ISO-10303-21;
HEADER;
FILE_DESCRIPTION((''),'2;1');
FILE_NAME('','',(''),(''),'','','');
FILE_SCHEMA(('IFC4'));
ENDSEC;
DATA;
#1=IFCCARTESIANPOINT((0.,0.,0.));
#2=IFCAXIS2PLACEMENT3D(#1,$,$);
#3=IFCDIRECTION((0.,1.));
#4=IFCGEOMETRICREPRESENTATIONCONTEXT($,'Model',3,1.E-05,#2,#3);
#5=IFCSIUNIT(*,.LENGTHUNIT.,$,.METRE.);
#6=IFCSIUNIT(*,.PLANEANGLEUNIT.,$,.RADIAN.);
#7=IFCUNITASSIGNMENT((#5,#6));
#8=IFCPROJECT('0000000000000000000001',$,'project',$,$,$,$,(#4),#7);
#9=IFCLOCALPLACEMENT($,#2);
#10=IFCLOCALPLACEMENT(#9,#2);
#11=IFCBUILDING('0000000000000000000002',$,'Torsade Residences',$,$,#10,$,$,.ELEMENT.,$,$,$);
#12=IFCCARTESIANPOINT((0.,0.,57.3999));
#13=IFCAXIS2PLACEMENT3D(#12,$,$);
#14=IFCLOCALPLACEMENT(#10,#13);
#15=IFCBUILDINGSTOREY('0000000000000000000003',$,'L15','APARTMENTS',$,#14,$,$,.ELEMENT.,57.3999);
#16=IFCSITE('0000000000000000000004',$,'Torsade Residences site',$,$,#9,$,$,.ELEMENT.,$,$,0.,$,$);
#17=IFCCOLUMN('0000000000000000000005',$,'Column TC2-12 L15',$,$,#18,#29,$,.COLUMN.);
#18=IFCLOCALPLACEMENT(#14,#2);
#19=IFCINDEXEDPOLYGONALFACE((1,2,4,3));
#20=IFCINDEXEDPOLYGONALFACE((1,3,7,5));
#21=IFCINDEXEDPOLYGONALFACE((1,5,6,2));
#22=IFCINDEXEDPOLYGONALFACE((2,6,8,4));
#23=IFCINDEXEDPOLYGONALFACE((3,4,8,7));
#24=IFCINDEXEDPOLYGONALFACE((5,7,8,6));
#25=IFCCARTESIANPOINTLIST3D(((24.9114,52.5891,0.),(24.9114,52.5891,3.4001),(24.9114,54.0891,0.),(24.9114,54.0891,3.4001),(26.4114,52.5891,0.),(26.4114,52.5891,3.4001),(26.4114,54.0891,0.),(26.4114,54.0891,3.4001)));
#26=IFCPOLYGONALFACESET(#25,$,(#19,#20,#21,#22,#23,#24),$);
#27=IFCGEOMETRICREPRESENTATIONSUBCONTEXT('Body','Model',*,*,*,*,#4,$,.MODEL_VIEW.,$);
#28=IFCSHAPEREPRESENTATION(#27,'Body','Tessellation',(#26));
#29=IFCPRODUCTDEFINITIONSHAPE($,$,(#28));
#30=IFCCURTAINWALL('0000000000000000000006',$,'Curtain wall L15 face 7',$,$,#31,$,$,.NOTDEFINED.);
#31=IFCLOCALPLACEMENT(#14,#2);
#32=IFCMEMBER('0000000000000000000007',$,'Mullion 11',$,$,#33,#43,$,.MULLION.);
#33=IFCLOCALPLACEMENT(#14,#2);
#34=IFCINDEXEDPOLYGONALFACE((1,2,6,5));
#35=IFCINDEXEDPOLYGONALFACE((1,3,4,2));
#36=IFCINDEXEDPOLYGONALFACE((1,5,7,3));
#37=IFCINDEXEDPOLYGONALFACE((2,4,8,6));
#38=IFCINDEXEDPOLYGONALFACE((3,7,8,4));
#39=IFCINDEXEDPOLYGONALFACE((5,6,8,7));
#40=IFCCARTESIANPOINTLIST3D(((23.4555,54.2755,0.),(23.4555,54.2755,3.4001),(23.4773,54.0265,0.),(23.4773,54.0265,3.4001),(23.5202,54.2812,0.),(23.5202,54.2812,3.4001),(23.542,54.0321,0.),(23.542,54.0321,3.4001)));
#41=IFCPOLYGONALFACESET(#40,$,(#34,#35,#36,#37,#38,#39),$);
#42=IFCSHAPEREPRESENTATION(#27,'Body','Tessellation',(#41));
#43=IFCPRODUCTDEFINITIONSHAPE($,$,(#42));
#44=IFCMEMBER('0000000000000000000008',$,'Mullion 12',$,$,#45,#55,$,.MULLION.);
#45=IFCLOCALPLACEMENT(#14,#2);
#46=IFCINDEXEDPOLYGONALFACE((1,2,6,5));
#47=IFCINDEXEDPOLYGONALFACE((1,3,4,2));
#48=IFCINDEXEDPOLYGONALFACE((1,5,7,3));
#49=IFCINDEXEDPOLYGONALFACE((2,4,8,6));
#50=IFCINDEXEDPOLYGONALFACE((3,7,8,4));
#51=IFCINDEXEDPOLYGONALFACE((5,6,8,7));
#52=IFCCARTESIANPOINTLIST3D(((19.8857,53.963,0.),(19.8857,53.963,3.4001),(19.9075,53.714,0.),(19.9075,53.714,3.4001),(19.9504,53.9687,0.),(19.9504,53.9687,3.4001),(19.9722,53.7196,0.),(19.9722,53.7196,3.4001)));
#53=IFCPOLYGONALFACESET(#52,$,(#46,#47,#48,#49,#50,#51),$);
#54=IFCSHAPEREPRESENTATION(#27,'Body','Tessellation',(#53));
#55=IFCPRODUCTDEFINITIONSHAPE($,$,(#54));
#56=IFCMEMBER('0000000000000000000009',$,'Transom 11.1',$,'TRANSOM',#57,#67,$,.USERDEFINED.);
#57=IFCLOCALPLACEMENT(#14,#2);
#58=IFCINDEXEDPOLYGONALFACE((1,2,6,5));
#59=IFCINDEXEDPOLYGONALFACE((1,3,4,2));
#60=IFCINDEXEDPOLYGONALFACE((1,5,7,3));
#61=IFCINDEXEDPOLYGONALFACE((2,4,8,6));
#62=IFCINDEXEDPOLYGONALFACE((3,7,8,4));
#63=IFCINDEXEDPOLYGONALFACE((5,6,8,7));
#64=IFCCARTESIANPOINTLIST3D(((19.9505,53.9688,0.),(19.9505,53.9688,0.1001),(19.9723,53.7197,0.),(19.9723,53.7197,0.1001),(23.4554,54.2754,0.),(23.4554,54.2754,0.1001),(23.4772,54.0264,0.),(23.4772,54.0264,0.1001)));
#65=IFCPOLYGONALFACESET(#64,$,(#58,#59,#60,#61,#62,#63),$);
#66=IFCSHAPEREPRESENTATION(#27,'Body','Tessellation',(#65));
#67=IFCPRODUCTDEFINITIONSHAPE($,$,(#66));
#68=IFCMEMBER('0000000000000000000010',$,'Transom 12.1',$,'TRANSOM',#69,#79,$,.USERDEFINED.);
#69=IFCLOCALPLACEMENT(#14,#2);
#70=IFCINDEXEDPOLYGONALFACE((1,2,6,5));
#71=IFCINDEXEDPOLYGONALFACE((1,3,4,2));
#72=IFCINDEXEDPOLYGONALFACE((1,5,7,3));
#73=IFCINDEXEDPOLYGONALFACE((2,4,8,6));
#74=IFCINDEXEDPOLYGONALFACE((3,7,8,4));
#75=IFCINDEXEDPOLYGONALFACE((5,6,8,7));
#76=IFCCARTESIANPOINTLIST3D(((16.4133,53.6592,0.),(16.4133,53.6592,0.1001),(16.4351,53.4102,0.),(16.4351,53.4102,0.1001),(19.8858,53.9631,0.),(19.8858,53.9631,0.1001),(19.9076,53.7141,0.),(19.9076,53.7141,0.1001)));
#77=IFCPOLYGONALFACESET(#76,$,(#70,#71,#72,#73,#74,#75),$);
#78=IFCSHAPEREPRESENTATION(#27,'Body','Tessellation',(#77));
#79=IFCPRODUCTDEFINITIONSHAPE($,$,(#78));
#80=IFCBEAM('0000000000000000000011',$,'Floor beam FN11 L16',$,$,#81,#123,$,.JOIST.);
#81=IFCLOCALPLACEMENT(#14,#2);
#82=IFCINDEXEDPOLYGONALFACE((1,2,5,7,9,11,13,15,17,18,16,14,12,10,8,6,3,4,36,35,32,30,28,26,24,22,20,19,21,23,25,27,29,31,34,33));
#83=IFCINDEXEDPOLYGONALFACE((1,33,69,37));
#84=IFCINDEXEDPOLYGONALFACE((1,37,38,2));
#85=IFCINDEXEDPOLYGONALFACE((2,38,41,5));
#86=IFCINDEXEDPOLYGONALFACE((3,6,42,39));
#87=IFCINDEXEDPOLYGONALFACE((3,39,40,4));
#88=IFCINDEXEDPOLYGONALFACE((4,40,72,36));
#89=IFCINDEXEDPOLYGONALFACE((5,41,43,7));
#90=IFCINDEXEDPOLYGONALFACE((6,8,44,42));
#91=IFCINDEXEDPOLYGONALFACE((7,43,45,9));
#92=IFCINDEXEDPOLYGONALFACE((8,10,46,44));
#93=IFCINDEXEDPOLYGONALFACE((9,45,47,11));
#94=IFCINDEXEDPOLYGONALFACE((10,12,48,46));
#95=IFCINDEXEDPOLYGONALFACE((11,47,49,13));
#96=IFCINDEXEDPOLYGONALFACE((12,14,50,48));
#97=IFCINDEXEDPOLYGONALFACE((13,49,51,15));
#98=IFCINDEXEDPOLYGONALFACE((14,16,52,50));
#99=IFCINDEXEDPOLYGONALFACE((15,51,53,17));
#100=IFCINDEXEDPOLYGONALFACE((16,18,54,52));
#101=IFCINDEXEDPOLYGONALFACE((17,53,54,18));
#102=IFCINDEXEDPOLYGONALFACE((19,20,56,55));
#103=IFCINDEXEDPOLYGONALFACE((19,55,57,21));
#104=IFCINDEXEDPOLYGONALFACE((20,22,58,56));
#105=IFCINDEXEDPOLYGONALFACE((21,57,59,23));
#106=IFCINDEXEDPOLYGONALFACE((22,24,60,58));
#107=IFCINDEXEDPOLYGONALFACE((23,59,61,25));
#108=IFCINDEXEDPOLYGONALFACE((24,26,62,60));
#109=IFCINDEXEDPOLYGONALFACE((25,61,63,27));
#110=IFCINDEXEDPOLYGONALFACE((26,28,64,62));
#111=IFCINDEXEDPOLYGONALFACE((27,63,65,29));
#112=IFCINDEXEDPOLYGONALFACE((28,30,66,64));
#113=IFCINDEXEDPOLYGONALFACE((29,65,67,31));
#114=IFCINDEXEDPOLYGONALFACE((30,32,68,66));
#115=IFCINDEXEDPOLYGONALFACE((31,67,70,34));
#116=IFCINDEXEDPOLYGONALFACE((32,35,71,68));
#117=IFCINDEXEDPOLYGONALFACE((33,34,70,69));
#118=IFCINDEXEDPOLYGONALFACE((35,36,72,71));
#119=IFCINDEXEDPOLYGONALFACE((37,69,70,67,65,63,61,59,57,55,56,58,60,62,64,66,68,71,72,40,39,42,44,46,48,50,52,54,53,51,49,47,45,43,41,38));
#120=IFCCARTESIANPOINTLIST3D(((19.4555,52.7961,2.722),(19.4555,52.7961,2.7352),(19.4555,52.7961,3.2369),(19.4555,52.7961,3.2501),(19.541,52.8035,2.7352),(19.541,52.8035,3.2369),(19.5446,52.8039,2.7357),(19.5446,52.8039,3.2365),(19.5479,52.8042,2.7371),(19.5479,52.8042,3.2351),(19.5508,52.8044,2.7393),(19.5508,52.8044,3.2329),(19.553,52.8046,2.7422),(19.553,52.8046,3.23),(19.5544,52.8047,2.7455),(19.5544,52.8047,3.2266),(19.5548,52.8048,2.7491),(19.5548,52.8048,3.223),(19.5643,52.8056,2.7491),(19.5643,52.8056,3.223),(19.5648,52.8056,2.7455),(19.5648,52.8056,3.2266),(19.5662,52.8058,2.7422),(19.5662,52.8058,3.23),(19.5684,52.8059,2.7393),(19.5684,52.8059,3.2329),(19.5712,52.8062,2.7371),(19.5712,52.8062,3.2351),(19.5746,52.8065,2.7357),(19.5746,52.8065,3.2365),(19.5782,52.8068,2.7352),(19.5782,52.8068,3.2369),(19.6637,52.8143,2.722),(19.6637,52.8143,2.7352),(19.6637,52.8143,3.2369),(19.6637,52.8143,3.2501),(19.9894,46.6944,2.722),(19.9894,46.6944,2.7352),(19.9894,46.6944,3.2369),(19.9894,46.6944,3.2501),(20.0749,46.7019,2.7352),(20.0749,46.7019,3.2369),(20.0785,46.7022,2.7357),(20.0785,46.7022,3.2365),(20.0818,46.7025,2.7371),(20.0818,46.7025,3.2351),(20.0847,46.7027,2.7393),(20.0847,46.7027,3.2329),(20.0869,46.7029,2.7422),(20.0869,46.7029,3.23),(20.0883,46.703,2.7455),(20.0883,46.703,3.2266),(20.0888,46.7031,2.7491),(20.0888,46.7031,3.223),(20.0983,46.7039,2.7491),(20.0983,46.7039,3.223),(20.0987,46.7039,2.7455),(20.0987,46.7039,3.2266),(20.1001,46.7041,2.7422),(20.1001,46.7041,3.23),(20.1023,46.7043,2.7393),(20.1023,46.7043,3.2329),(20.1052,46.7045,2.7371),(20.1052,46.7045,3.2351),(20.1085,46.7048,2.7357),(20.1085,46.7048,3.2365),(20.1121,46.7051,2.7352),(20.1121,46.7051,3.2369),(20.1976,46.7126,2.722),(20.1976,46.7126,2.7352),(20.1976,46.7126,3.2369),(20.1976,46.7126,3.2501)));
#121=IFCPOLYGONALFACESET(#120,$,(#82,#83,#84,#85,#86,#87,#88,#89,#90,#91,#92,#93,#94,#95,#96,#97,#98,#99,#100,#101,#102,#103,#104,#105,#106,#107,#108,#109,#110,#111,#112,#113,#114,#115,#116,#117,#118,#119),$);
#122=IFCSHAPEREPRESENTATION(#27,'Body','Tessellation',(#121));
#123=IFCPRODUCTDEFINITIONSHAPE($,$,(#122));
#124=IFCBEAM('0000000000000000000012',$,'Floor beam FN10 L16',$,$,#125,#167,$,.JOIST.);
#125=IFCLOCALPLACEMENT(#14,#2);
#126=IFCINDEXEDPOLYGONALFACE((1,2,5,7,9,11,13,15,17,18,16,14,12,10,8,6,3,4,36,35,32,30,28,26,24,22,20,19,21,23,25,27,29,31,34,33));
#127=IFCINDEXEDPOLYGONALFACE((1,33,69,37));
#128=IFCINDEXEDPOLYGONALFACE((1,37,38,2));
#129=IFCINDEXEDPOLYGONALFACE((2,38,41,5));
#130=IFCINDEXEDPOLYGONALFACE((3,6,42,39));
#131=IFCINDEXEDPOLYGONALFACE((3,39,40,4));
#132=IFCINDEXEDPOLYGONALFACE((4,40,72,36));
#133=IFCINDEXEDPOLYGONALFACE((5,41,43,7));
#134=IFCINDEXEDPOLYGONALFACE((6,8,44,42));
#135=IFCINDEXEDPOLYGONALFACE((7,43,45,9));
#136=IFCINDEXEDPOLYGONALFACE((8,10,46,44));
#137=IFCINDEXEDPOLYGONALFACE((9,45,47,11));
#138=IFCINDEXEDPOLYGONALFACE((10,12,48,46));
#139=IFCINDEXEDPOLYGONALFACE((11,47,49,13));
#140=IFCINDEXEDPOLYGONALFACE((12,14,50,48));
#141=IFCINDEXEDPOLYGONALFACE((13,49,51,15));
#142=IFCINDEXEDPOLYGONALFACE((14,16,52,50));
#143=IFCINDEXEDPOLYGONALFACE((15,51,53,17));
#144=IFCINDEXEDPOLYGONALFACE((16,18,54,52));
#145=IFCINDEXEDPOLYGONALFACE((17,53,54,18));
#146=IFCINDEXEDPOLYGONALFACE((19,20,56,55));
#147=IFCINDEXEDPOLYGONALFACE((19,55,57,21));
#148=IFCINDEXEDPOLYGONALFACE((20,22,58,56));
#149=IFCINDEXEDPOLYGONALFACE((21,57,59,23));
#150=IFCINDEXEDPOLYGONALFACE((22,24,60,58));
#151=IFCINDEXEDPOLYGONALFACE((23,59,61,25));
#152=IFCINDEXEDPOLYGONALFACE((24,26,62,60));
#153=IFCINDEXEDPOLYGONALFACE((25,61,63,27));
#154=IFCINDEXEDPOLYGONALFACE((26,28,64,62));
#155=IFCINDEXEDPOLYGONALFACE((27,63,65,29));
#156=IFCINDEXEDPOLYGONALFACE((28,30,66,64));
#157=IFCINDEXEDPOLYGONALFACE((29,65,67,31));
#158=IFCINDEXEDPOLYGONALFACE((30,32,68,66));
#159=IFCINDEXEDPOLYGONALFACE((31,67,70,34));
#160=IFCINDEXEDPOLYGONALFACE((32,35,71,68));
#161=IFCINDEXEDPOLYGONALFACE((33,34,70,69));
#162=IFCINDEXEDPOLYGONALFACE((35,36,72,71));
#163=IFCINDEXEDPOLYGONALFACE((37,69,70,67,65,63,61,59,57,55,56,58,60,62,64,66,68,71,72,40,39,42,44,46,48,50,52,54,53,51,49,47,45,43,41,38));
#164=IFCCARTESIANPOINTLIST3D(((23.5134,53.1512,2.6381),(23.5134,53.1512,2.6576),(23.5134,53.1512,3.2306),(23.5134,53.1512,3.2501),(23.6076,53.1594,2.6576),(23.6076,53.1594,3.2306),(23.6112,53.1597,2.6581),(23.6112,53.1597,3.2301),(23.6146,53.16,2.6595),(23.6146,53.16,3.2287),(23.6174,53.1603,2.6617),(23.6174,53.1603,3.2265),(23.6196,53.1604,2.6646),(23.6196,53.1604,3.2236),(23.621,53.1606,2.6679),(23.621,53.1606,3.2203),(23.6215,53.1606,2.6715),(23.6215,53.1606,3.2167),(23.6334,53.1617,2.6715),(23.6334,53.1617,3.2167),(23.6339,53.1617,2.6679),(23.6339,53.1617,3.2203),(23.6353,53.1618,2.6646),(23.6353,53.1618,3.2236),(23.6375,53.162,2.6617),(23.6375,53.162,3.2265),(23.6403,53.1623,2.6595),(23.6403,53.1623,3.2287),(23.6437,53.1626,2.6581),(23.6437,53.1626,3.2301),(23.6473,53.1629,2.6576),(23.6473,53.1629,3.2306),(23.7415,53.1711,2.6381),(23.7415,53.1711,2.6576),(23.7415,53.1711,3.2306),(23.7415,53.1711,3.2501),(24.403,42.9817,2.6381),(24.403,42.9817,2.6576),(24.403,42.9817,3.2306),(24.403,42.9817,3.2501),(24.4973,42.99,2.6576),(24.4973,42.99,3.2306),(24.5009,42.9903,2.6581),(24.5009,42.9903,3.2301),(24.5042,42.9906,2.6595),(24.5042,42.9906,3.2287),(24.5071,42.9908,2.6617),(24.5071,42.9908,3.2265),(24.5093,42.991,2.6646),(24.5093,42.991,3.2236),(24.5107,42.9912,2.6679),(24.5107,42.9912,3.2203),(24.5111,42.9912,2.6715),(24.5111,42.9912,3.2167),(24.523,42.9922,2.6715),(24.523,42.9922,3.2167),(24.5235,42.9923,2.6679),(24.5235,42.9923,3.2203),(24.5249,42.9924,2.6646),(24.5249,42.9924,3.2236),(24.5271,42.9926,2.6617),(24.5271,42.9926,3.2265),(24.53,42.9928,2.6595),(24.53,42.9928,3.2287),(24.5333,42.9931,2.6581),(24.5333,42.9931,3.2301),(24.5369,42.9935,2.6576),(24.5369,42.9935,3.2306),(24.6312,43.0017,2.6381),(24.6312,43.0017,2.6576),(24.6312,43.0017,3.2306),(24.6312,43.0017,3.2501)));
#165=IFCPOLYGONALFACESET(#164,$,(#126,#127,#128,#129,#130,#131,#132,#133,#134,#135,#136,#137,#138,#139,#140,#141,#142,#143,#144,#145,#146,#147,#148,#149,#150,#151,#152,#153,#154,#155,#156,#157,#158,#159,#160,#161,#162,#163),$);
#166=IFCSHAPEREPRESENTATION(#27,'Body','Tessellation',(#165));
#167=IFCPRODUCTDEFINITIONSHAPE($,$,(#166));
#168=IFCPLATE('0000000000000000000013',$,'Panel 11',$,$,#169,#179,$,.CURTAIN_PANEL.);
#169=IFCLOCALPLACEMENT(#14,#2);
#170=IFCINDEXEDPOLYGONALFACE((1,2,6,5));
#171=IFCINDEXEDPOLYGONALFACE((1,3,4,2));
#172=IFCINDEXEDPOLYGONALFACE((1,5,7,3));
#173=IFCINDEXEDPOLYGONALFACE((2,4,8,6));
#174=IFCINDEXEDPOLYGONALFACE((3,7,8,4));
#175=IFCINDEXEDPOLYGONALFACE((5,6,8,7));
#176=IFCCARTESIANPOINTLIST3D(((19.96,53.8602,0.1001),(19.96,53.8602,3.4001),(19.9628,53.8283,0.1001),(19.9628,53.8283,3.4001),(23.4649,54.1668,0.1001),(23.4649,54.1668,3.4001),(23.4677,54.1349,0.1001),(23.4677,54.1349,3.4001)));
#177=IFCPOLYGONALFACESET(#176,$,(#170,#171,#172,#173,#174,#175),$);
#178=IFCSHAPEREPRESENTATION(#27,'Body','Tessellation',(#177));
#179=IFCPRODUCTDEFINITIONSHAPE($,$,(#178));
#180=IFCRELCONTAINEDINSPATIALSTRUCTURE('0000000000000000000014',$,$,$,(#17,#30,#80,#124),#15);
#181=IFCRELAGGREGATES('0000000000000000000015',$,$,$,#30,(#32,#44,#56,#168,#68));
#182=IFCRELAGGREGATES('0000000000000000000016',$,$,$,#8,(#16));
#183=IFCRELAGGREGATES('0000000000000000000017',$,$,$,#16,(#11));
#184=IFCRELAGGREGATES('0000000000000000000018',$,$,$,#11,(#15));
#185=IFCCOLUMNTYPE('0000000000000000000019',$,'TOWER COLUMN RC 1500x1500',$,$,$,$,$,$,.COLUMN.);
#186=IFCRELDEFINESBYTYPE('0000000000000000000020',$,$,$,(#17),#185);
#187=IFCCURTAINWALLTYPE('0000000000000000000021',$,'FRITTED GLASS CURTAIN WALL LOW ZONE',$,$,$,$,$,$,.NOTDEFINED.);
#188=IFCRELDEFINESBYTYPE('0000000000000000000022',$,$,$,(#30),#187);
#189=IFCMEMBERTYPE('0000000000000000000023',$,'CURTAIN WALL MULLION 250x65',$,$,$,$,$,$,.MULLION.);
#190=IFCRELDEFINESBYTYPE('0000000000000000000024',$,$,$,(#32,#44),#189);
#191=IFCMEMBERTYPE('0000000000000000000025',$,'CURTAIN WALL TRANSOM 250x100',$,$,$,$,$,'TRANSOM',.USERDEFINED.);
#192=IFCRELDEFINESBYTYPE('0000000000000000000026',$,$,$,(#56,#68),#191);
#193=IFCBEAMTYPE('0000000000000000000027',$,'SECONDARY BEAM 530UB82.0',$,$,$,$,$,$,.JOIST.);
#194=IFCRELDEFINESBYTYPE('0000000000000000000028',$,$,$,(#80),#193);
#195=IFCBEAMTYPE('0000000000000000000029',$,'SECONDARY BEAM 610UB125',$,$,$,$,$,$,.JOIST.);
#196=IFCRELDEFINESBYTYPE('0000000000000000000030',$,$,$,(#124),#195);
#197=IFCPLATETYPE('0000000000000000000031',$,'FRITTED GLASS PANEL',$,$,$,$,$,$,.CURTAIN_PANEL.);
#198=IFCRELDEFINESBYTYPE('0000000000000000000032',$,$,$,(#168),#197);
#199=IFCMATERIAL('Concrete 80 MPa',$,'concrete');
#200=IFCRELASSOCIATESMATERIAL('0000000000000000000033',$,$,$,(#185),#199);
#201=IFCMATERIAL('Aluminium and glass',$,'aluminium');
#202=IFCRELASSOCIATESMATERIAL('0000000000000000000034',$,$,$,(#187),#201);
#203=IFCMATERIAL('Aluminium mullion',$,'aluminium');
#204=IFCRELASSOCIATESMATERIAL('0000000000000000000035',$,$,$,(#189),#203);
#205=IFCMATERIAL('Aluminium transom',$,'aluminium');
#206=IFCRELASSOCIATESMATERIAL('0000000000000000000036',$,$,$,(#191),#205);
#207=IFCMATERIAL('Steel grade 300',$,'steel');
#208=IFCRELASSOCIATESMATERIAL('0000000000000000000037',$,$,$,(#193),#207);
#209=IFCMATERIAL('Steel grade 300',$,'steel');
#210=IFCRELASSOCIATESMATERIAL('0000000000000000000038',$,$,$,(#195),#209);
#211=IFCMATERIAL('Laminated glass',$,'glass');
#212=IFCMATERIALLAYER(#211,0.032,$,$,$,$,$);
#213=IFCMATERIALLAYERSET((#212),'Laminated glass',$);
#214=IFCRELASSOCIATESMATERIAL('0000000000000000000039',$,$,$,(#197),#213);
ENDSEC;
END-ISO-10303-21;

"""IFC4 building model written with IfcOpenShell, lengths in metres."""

from ifc_helpers import new_model, si_unit, direction, frame, origin, origin_2d, place, context, subcontext, project, spatial, rectangle, i_section, extrude, material, layer, layer_set, material_profile, profile_set, type_object, element, aggregate, save


model = new_model("IFC4")

# Units and contexts
model_context = context("Model", 3, precision=1e-05, world=origin(), true_north=direction((0.0, 1.0)))
body_context = subcontext(model_context, "Body", "Model", "MODEL_VIEW")
ifc_project = project(units=[si_unit("LENGTHUNIT", "METRE"), si_unit("PLANEANGLEUNIT", "RADIAN")], contexts=[model_context])

# Site, building, storey
site_placement = place(None, origin())
site = spatial("IfcSite", under=ifc_project, at=site_placement, Name="Torsade Residences site", CompositionType="ELEMENT", RefElevation=0.0)
building_placement = place(site_placement, origin())
building = spatial("IfcBuilding", under=site, at=building_placement, Name="Torsade Residences", CompositionType="ELEMENT")
storey_placement = place(building_placement, frame((0.0, 0.0, 57.3999)))
storey = spatial("IfcBuildingStorey", under=building, at=storey_placement, Name="L15", Description="APARTMENTS", CompositionType="ELEMENT", Elevation=57.3999)

# Column
ifc_material_1 = material(Name="Concrete 80 MPa", Category="concrete")
ifc_material_profile_1 = material_profile(ifc_material_1, rectangle(XDim=1.5, YDim=1.5, at=origin_2d()), Name="RC 1500x1500")
ifc_profile_set_1 = profile_set([ifc_material_profile_1], Name="Concrete 80 MPa")
column_type = type_object("IfcColumnType", Name="TOWER COLUMN RC 1500x1500", PredefinedType="COLUMN", material=ifc_profile_set_1)
column_placement = place(storey_placement, frame((25.6614, 53.3391, 0.0), z_axis=(0.0, 0.0, 1.0), x_axis=(1.0, 0.0, 0.0)))
element("IfcColumn", 1, at=column_placement, inside=storey, type_object=column_type, Name="Column TC2-12 L15", PredefinedType="COLUMN", context=body_context, shape_type="SweptSolid", body=[
    extrude(rectangle(XDim=1.5, YDim=1.5, at=origin_2d()), origin(), (0.0, 0.0, 1.0), 3.4001),
])

# Curtain wall, members
ifc_material_2 = material(Name="Aluminium and glass", Category="aluminium")
curtain_wall_type = type_object("IfcCurtainWallType", Name="FRITTED GLASS CURTAIN WALL LOW ZONE", PredefinedType="NOTDEFINED", material=ifc_material_2)
curtain_wall_placement = place(storey_placement, origin())
curtain_wall = element("IfcCurtainWall", 2, at=curtain_wall_placement, inside=storey, type_object=curtain_wall_type, Name="Curtain wall L15 face 7", PredefinedType="NOTDEFINED")
ifc_material_3 = material(Name="Aluminium mullion", Category="aluminium")
ifc_material_profile_2 = material_profile(ifc_material_3, rectangle(XDim=0.25, YDim=0.0649, at=origin_2d()), Name="CURTAIN WALL MULLION 250x65")
ifc_profile_set_2 = profile_set([ifc_material_profile_2], Name="Aluminium mullion")
member_type_1 = type_object("IfcMemberType", Name="CURTAIN WALL MULLION 250x65", PredefinedType="MULLION", material=ifc_profile_set_2)
member_1_placement = place(storey_placement, frame((23.4988, 54.1538, 0.0), z_axis=(0.0, 0.0, 1.0), x_axis=(0.087156, -0.996195, 0.0)))
member_1 = element("IfcMember", 3, at=member_1_placement, type_object=member_type_1, Name="Mullion 11", PredefinedType="MULLION", context=body_context, shape_type="SweptSolid", body=[
    extrude(rectangle(XDim=0.25, YDim=0.0649, at=origin_2d()), origin(), (0.0, 0.0, 1.0), 3.4001),
])
member_2_placement = place(storey_placement, frame((19.929, 53.8413, 0.0), z_axis=(0.0, 0.0, 1.0), x_axis=(0.087156, -0.996195, 0.0)))
member_2 = element("IfcMember", 4, at=member_2_placement, type_object=member_type_1, Name="Mullion 12", PredefinedType="MULLION", context=body_context, shape_type="SweptSolid", body=[
    extrude(rectangle(XDim=0.25, YDim=0.0649, at=origin_2d()), origin(), (0.0, 0.0, 1.0), 3.4001),
])
ifc_material_4 = material(Name="Aluminium transom", Category="aluminium")
ifc_material_profile_3 = material_profile(ifc_material_4, rectangle(XDim=0.25, YDim=0.1001, at=origin_2d()), Name="CURTAIN WALL TRANSOM 250x100")
ifc_profile_set_3 = profile_set([ifc_material_profile_3], Name="Aluminium transom")
member_type_2 = type_object("IfcMemberType", Name="CURTAIN WALL TRANSOM 250x100", ElementType="TRANSOM", PredefinedType="USERDEFINED", material=ifc_profile_set_3)
member_3_placement = place(storey_placement, frame((23.4663, 54.1509, 0.05), z_axis=(-0.996195, -0.087157, 0.0), x_axis=(0.087157, -0.996195, 0.0)))
member_3 = element("IfcMember", 5, at=member_3_placement, type_object=member_type_2, Name="Transom 11.1", ObjectType="TRANSOM", PredefinedType="USERDEFINED", context=body_context, shape_type="SweptSolid", body=[
    extrude(rectangle(XDim=0.25, YDim=0.1001, at=origin_2d()), origin(), (0.0, 0.0, 1.0), 3.5183),
])
member_4_placement = place(storey_placement, frame((19.8967, 53.8386, 0.05), z_axis=(-0.996191, -0.087195, 0.0), x_axis=(0.087195, -0.996191, 0.0)))
member_4 = element("IfcMember", 6, at=member_4_placement, type_object=member_type_2, Name="Transom 12.1", ObjectType="TRANSOM", PredefinedType="USERDEFINED", context=body_context, shape_type="SweptSolid", body=[
    extrude(rectangle(XDim=0.25, YDim=0.1001, at=origin_2d()), origin(), (0.0, 0.0, 1.0), 3.4858),
])

# Beams
ifc_material_5 = material(Name="Steel grade 300", Category="steel")
ifc_material_profile_4 = material_profile(ifc_material_5, i_section(OverallWidth=0.209, OverallDepth=0.5281, WebThickness=0.0095, FlangeThickness=0.0132, FilletRadius=0.0139, at=origin_2d()), Name="530UB82.0")
ifc_profile_set_4 = profile_set([ifc_material_profile_4], Name="Steel grade 300")
beam_type_1 = type_object("IfcBeamType", Name="SECONDARY BEAM 530UB82.0", PredefinedType="JOIST", material=ifc_profile_set_4)
beam_1_placement = place(storey_placement, frame((19.5596, 52.8052, 2.9861), z_axis=(0.087175, -0.996193, 0.0), x_axis=(0.996193, 0.087175, 0.0)))
element("IfcBeam", 7, at=beam_1_placement, inside=storey, type_object=beam_type_1, Name="Floor beam FN11 L16", PredefinedType="JOIST", context=body_context, shape_type="SweptSolid", body=[
    extrude(i_section(OverallWidth=0.209, OverallDepth=0.5281, WebThickness=0.0095, FlangeThickness=0.0132, FilletRadius=0.0139, at=origin_2d()), origin(), (0.0, 0.0, 1.0), 6.125),
])
ifc_material_6 = material(Name="Steel grade 300", Category="steel")
ifc_material_profile_5 = material_profile(ifc_material_6, i_section(OverallWidth=0.229, OverallDepth=0.6121, WebThickness=0.012, FlangeThickness=0.0195, FilletRadius=0.0139, at=origin_2d()), Name="610UB125")
ifc_profile_set_5 = profile_set([ifc_material_profile_5], Name="Steel grade 300")
beam_type_2 = type_object("IfcBeamType", Name="SECONDARY BEAM 610UB125", PredefinedType="JOIST", material=ifc_profile_set_5)
beam_2_placement = place(storey_placement, frame((23.6274, 53.1611, 2.9441), z_axis=(0.08715, -0.996195, 0.0), x_axis=(0.996195, 0.08715, 0.0)))
element("IfcBeam", 8, at=beam_2_placement, inside=storey, type_object=beam_type_2, Name="Floor beam FN10 L16", PredefinedType="JOIST", context=body_context, shape_type="SweptSolid", body=[
    extrude(i_section(OverallWidth=0.229, OverallDepth=0.6121, WebThickness=0.012, FlangeThickness=0.0195, FilletRadius=0.0139, at=origin_2d()), origin(), (0.0, 0.0, 1.0), 10.2083),
])

# Plate
ifc_material_7 = material(Name="Laminated glass", Category="glass")
ifc_layer_1 = layer(ifc_material_7, 0.032)
ifc_layer_set_1 = layer_set([ifc_layer_1], Name="Laminated glass")
plate_type_1 = type_object("IfcPlateType", Name="FRITTED GLASS PANEL", PredefinedType="CURTAIN_PANEL", material=ifc_layer_set_1)
plate_1_placement = place(storey_placement, frame((21.7139, 53.9976, 0.1001), z_axis=(0.0, 0.0, 1.0), x_axis=(-0.996195, -0.087156, 0.0)))
plate_1 = element("IfcPlate", 9, at=plate_1_placement, type_object=plate_type_1, Name="Panel 11", PredefinedType="CURTAIN_PANEL", context=body_context, shape_type="SweptSolid", body=[
    extrude(rectangle(XDim=3.5183, YDim=0.032, at=origin_2d()), origin(), (0.0, 0.0, 1.0), 3.3),
])
aggregate(curtain_wall, [member_1, member_2, member_3, plate_1, member_4])

save(model, "model.ifc")
